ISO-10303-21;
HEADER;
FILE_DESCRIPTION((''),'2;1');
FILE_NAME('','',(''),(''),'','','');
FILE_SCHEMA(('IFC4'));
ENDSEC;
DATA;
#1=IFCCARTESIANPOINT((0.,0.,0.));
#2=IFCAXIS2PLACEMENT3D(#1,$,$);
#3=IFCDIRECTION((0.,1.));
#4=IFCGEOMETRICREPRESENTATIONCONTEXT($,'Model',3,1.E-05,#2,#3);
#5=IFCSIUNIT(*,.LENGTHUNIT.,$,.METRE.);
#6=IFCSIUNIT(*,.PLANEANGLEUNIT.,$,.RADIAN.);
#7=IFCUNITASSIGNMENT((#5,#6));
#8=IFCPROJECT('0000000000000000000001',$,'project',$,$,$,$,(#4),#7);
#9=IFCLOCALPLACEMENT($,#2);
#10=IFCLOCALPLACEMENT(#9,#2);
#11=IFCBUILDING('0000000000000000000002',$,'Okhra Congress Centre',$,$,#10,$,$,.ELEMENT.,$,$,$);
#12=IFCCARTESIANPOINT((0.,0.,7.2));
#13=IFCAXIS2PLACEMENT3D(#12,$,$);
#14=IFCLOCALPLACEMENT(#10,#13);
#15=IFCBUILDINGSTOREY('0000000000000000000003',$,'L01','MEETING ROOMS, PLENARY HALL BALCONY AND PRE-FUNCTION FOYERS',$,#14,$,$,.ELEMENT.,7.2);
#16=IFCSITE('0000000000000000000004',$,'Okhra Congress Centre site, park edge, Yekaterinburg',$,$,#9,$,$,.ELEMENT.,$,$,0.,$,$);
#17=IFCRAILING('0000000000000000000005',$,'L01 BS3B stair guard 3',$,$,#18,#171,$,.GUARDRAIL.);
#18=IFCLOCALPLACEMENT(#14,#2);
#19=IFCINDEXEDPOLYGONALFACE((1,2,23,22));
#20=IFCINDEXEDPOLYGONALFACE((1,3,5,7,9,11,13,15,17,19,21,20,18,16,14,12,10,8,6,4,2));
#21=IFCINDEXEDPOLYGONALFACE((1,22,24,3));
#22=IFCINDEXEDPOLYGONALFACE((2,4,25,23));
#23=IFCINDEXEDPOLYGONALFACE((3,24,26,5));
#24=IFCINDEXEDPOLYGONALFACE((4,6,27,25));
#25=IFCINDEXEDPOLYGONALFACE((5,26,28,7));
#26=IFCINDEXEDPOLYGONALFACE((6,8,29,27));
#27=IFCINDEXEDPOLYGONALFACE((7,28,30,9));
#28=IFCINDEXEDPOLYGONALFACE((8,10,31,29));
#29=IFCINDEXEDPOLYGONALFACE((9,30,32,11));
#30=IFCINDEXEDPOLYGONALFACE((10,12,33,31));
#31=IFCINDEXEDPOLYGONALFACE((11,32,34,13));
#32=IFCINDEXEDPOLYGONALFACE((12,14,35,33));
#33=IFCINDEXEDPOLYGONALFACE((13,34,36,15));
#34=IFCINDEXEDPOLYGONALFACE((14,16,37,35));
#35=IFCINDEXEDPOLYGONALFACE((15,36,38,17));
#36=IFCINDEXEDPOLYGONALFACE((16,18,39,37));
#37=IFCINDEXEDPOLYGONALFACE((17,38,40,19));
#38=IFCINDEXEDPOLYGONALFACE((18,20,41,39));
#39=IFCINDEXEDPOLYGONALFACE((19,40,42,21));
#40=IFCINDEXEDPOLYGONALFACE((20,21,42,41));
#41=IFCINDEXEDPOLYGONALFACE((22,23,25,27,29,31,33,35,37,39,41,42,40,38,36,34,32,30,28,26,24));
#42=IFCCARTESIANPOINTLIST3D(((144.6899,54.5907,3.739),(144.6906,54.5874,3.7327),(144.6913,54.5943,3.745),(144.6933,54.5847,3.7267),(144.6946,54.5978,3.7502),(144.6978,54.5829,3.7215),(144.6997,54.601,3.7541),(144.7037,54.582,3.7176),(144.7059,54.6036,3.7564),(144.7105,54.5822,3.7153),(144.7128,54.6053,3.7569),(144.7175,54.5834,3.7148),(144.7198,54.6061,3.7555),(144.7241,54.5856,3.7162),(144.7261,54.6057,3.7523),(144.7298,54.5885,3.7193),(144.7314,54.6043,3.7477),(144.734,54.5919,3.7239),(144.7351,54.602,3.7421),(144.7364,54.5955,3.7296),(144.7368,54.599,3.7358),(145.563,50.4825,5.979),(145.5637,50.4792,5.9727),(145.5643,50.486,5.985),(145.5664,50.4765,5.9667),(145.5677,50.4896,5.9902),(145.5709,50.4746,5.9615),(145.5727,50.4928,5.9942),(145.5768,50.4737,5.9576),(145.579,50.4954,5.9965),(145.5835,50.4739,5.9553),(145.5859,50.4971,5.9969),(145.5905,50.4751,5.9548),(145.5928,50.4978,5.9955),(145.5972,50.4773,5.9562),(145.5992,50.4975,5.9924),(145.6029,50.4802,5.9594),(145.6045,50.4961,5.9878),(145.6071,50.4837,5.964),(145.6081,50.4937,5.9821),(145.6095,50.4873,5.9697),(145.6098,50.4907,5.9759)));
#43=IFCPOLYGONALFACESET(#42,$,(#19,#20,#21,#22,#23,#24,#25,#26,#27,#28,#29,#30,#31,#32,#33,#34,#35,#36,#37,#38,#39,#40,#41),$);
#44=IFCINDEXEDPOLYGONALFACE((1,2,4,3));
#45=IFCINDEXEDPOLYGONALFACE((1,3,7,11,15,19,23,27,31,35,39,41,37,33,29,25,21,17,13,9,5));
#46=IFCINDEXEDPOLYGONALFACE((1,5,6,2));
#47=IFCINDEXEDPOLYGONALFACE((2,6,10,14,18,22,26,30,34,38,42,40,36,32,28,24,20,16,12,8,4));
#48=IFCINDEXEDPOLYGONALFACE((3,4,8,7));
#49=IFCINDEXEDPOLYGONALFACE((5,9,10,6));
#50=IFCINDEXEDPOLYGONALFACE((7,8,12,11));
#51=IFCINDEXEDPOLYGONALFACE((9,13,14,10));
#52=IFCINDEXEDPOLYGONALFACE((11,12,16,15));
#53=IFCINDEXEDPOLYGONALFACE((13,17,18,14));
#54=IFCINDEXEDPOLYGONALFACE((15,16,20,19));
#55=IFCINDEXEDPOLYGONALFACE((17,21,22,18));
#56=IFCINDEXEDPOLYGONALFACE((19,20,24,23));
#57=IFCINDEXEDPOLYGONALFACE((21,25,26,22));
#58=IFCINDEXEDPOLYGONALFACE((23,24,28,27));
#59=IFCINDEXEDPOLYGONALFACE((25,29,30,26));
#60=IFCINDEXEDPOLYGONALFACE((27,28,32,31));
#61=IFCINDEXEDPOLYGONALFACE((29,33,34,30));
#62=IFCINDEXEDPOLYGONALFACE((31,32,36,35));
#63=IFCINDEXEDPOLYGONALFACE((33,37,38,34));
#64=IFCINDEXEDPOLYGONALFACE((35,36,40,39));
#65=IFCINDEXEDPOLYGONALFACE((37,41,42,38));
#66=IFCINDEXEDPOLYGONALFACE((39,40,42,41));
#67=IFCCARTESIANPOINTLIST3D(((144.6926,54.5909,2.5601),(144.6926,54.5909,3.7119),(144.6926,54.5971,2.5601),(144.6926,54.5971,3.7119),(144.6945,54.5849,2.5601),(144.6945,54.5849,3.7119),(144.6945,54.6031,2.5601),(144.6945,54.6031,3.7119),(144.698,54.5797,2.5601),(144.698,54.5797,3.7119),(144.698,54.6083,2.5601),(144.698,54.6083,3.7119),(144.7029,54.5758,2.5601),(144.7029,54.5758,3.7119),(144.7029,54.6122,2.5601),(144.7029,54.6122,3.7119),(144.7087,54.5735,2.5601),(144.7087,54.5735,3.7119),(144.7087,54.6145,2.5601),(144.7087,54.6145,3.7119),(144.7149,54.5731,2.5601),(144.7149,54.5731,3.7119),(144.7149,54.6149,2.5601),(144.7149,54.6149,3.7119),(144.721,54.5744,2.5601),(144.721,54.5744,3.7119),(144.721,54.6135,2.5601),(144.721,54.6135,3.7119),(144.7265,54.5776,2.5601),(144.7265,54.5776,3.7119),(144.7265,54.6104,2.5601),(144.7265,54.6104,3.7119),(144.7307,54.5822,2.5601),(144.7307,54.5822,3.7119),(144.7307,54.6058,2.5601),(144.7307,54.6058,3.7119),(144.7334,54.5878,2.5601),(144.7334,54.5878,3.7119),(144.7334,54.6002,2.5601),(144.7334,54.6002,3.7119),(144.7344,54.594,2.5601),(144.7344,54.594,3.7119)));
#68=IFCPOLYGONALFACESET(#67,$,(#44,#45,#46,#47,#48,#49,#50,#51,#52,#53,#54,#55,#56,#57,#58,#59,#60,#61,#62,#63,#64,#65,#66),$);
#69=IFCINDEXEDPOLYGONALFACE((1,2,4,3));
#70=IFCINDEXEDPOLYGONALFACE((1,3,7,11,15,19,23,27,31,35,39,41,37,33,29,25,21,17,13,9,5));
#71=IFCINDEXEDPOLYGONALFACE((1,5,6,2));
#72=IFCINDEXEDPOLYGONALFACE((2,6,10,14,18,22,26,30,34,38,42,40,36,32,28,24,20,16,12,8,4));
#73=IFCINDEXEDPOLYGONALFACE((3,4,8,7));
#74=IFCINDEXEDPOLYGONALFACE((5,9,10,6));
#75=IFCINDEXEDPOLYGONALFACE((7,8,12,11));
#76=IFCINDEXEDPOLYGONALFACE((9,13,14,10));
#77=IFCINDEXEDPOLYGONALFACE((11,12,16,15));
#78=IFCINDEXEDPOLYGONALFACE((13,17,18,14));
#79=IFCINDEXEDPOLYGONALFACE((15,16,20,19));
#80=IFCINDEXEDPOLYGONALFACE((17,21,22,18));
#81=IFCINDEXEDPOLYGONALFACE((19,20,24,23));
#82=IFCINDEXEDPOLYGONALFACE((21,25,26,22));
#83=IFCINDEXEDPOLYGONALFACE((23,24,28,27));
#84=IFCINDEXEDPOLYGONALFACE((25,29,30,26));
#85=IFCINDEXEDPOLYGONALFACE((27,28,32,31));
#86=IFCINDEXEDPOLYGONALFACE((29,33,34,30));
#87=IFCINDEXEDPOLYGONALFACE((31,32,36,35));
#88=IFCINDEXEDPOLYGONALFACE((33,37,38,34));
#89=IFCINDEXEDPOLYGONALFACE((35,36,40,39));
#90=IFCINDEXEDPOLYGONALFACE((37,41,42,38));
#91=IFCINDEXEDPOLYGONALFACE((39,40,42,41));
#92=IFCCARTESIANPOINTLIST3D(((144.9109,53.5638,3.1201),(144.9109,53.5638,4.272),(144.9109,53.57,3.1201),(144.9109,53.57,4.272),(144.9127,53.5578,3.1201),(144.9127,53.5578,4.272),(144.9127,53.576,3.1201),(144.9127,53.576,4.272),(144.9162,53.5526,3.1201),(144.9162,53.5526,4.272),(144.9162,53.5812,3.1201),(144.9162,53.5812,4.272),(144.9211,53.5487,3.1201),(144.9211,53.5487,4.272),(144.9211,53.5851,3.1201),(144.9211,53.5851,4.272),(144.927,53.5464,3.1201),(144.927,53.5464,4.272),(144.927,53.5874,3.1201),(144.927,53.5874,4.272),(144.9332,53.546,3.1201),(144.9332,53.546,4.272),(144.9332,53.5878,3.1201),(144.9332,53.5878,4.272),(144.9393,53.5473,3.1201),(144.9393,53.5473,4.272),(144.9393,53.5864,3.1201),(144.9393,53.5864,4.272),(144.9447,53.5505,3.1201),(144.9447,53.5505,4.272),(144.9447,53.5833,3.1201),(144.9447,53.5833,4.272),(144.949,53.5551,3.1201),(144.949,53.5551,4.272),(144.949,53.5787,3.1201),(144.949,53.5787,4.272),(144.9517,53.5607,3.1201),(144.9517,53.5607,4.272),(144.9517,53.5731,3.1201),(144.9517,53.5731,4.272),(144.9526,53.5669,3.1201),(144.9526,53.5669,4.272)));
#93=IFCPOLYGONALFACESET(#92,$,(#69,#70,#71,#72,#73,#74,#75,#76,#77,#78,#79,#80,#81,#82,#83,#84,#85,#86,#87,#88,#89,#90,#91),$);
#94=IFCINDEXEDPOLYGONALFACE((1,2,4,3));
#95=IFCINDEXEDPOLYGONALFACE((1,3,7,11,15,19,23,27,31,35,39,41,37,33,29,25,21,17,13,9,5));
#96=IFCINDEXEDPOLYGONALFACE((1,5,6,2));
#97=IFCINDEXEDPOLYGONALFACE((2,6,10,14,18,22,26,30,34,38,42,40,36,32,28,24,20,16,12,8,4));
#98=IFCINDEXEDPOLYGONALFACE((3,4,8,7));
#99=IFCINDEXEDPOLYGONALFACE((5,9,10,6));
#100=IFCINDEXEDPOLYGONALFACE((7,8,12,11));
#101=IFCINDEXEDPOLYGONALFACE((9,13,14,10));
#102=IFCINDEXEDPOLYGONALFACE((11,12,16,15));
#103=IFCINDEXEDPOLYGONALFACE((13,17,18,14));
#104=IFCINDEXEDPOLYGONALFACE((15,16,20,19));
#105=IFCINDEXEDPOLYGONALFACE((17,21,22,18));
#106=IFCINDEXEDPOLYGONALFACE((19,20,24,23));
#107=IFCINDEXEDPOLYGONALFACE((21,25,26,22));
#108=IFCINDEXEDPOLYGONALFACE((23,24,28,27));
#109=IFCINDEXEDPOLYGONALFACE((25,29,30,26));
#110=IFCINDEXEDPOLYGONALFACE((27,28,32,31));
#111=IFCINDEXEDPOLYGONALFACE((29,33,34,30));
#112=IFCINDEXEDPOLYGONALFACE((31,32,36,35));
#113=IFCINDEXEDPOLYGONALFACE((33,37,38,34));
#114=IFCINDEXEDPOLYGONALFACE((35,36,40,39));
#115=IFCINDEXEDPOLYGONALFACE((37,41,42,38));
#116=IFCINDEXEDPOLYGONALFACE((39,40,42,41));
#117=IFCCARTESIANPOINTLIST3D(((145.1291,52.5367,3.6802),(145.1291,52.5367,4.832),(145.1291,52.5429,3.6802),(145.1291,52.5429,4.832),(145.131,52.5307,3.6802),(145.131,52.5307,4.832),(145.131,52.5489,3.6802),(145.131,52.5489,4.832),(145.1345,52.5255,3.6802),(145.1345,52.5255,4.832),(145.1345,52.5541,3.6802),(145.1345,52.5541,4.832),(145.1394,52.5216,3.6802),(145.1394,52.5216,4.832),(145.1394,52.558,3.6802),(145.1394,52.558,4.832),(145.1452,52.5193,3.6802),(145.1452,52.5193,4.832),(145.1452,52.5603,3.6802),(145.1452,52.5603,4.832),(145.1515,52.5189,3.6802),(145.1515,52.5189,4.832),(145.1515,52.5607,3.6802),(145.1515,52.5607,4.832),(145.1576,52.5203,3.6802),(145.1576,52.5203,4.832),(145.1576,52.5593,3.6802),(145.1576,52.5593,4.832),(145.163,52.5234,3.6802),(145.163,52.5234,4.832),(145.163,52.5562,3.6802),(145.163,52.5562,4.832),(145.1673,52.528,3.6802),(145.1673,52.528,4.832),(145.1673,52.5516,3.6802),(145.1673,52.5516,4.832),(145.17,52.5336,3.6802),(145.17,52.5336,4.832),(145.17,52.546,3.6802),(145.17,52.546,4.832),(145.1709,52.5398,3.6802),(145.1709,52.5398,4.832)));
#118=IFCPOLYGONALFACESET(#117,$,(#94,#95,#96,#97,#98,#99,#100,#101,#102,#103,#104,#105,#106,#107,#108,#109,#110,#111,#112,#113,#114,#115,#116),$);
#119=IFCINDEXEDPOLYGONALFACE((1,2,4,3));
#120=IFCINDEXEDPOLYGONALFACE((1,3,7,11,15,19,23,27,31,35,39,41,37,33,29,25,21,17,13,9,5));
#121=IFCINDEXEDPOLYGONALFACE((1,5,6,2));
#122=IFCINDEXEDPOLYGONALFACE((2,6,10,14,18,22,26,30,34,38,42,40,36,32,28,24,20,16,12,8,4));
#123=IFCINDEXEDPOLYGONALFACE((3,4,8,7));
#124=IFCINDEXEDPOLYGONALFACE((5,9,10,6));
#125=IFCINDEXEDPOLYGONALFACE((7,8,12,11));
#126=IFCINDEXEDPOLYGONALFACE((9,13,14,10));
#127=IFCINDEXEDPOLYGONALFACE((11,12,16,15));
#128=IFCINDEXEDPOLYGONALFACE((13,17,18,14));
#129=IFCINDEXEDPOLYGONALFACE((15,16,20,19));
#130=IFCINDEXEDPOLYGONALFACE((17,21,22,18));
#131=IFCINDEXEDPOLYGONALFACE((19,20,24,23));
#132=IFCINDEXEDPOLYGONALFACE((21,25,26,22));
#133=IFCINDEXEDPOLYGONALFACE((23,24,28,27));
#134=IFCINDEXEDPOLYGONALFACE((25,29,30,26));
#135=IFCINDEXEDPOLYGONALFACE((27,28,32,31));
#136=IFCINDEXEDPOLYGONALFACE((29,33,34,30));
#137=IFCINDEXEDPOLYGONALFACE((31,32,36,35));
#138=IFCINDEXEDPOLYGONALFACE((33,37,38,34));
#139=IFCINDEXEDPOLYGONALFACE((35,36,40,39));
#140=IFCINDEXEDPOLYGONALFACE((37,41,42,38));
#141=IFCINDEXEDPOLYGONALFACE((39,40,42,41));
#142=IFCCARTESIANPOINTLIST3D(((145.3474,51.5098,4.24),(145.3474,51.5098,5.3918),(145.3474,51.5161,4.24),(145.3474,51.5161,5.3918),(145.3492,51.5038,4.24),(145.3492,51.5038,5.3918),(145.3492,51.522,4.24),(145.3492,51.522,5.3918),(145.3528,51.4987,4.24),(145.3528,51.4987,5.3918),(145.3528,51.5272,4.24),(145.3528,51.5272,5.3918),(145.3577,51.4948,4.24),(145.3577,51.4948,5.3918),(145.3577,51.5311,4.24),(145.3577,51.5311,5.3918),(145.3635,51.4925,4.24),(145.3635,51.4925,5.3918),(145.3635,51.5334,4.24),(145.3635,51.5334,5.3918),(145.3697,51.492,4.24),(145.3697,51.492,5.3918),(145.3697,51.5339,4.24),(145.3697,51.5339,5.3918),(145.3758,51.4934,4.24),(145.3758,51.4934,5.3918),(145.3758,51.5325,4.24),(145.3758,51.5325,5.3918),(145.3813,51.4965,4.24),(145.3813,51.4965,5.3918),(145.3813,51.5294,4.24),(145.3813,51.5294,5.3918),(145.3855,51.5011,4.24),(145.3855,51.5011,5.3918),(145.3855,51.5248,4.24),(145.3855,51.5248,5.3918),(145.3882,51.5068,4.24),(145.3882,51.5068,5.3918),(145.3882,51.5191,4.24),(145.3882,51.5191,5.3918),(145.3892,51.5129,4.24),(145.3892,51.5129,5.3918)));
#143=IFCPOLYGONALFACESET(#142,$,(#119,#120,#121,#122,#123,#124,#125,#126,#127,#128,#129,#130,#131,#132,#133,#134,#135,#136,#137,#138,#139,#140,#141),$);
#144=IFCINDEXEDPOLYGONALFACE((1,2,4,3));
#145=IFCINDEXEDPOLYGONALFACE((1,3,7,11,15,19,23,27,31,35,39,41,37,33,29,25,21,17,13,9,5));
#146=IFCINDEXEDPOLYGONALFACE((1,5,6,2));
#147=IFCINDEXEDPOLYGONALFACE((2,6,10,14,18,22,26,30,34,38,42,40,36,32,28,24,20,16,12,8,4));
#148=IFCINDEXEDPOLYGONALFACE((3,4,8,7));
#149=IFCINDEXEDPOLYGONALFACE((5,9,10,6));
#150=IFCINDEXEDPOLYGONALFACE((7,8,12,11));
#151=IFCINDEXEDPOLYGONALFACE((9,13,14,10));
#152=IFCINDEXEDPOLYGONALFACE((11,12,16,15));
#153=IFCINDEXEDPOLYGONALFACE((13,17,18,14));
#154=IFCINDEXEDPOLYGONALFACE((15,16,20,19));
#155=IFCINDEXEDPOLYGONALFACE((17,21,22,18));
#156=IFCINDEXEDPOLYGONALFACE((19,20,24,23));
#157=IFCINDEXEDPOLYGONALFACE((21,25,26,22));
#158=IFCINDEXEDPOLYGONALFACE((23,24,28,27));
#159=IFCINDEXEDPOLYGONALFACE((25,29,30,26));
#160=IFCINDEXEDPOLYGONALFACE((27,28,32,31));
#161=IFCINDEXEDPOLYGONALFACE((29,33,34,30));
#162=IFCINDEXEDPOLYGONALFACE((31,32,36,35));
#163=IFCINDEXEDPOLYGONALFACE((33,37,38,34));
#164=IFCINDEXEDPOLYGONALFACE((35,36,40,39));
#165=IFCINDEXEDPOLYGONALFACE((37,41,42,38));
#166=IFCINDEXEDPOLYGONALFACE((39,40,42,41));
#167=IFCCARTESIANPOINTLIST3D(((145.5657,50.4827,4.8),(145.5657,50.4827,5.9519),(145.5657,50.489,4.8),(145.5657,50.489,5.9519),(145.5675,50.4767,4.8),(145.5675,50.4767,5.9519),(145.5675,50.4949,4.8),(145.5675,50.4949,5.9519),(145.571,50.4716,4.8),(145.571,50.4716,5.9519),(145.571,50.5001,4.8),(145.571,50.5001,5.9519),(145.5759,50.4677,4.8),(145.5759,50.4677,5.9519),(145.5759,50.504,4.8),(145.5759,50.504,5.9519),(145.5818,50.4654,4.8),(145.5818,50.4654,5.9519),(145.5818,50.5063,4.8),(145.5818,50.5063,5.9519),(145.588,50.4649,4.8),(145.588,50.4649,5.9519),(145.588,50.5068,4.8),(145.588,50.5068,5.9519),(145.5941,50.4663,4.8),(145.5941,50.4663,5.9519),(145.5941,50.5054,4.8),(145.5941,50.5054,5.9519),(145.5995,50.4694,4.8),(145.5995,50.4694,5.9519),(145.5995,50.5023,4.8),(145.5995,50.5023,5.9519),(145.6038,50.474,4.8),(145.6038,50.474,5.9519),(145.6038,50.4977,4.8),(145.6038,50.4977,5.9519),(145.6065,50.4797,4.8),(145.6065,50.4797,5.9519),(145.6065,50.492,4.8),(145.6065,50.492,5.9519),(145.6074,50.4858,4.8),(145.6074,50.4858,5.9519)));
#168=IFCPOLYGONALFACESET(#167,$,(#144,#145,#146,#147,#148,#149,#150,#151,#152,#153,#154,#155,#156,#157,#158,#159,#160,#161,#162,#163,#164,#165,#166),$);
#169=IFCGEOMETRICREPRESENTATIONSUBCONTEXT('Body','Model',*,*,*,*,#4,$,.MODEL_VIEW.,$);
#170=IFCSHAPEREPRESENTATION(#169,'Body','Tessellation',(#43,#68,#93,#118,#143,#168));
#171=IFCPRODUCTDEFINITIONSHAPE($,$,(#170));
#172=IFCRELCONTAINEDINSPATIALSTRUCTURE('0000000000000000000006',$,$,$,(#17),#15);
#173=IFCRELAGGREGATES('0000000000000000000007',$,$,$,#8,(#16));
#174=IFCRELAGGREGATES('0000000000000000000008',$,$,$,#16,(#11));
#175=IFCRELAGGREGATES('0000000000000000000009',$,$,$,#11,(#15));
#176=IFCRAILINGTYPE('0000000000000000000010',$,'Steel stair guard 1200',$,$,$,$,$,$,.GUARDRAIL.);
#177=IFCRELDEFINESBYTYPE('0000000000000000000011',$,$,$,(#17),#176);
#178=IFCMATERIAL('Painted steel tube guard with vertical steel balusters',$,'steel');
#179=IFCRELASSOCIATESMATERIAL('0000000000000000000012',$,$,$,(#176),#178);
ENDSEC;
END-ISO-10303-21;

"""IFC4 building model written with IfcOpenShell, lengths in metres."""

from ifc_helpers import new_model, si_unit, direction, frame, origin, origin_2d, place, context, subcontext, project, spatial, circle, extrude, material, type_object, element, save


model = new_model("IFC4")

# Units and contexts
model_context = context("Model", 3, precision=1e-05, world=origin(), true_north=direction((0.0, 1.0)))
body_context = subcontext(model_context, "Body", "Model", "MODEL_VIEW")
ifc_project = project(units=[si_unit("LENGTHUNIT", "METRE"), si_unit("PLANEANGLEUNIT", "RADIAN")], contexts=[model_context])

# Site, building, storey
site_placement = place(None, origin())
site = spatial("IfcSite", under=ifc_project, at=site_placement, Name="Okhra Congress Centre site, park edge, Yekaterinburg", CompositionType="ELEMENT", RefElevation=0.0)
building_placement = place(site_placement, origin())
building = spatial("IfcBuilding", under=site, at=building_placement, Name="Okhra Congress Centre", CompositionType="ELEMENT")
storey_placement = place(building_placement, frame((0.0, 0.0, 7.2)))
storey = spatial("IfcBuildingStorey", under=building, at=storey_placement, Name="L01", Description="MEETING ROOMS, PLENARY HALL BALCONY AND PRE-FUNCTION FOYERS", CompositionType="ELEMENT", Elevation=7.2)

# Railing
ifc_material_1 = material(Name="Painted steel tube guard with vertical steel balusters", Category="steel")
railing_type_1 = type_object("IfcRailingType", Name="Steel stair guard 1200", PredefinedType="GUARDRAIL", material=ifc_material_1)
railing_1_placement = place(storey_placement, frame((144.7134, 54.594, 2.5601)))
element("IfcRailing", 1, at=railing_1_placement, inside=storey, type_object=railing_type_1, Name="L01 BS3B stair guard 3", PredefinedType="GUARDRAIL", context=body_context, shape_type="SweptSolid", body=[
    extrude(circle(Radius=0.0239, at=origin_2d()), frame((0.0, 0.0, 1.1758), z_axis=(0.183417, -0.863075, 0.470596), x_axis=(0.978156, 0.207873, 0.0)), (0.0, 0.0, 1.0), 4.76),
    extrude(circle(Radius=0.021, at=origin_2d()), origin(), (0.0, 0.0, 1.0), 1.1519),
    extrude(circle(Radius=0.021, at=origin_2d()), frame((0.2183, -1.0271, 0.5601)), (0.0, 0.0, 1.0), 1.1519),
    extrude(circle(Radius=0.021, at=origin_2d()), frame((0.4365, -2.0542, 1.1201)), (0.0, 0.0, 1.0), 1.1519),
    extrude(circle(Radius=0.021, at=origin_2d()), frame((0.6548, -3.0811, 1.6799)), (0.0, 0.0, 1.0), 1.1519),
    extrude(circle(Radius=0.021, at=origin_2d()), frame((0.873, -4.1082, 2.24)), (0.0, 0.0, 1.0), 1.1519),
])

save(model, "model.ifc")
